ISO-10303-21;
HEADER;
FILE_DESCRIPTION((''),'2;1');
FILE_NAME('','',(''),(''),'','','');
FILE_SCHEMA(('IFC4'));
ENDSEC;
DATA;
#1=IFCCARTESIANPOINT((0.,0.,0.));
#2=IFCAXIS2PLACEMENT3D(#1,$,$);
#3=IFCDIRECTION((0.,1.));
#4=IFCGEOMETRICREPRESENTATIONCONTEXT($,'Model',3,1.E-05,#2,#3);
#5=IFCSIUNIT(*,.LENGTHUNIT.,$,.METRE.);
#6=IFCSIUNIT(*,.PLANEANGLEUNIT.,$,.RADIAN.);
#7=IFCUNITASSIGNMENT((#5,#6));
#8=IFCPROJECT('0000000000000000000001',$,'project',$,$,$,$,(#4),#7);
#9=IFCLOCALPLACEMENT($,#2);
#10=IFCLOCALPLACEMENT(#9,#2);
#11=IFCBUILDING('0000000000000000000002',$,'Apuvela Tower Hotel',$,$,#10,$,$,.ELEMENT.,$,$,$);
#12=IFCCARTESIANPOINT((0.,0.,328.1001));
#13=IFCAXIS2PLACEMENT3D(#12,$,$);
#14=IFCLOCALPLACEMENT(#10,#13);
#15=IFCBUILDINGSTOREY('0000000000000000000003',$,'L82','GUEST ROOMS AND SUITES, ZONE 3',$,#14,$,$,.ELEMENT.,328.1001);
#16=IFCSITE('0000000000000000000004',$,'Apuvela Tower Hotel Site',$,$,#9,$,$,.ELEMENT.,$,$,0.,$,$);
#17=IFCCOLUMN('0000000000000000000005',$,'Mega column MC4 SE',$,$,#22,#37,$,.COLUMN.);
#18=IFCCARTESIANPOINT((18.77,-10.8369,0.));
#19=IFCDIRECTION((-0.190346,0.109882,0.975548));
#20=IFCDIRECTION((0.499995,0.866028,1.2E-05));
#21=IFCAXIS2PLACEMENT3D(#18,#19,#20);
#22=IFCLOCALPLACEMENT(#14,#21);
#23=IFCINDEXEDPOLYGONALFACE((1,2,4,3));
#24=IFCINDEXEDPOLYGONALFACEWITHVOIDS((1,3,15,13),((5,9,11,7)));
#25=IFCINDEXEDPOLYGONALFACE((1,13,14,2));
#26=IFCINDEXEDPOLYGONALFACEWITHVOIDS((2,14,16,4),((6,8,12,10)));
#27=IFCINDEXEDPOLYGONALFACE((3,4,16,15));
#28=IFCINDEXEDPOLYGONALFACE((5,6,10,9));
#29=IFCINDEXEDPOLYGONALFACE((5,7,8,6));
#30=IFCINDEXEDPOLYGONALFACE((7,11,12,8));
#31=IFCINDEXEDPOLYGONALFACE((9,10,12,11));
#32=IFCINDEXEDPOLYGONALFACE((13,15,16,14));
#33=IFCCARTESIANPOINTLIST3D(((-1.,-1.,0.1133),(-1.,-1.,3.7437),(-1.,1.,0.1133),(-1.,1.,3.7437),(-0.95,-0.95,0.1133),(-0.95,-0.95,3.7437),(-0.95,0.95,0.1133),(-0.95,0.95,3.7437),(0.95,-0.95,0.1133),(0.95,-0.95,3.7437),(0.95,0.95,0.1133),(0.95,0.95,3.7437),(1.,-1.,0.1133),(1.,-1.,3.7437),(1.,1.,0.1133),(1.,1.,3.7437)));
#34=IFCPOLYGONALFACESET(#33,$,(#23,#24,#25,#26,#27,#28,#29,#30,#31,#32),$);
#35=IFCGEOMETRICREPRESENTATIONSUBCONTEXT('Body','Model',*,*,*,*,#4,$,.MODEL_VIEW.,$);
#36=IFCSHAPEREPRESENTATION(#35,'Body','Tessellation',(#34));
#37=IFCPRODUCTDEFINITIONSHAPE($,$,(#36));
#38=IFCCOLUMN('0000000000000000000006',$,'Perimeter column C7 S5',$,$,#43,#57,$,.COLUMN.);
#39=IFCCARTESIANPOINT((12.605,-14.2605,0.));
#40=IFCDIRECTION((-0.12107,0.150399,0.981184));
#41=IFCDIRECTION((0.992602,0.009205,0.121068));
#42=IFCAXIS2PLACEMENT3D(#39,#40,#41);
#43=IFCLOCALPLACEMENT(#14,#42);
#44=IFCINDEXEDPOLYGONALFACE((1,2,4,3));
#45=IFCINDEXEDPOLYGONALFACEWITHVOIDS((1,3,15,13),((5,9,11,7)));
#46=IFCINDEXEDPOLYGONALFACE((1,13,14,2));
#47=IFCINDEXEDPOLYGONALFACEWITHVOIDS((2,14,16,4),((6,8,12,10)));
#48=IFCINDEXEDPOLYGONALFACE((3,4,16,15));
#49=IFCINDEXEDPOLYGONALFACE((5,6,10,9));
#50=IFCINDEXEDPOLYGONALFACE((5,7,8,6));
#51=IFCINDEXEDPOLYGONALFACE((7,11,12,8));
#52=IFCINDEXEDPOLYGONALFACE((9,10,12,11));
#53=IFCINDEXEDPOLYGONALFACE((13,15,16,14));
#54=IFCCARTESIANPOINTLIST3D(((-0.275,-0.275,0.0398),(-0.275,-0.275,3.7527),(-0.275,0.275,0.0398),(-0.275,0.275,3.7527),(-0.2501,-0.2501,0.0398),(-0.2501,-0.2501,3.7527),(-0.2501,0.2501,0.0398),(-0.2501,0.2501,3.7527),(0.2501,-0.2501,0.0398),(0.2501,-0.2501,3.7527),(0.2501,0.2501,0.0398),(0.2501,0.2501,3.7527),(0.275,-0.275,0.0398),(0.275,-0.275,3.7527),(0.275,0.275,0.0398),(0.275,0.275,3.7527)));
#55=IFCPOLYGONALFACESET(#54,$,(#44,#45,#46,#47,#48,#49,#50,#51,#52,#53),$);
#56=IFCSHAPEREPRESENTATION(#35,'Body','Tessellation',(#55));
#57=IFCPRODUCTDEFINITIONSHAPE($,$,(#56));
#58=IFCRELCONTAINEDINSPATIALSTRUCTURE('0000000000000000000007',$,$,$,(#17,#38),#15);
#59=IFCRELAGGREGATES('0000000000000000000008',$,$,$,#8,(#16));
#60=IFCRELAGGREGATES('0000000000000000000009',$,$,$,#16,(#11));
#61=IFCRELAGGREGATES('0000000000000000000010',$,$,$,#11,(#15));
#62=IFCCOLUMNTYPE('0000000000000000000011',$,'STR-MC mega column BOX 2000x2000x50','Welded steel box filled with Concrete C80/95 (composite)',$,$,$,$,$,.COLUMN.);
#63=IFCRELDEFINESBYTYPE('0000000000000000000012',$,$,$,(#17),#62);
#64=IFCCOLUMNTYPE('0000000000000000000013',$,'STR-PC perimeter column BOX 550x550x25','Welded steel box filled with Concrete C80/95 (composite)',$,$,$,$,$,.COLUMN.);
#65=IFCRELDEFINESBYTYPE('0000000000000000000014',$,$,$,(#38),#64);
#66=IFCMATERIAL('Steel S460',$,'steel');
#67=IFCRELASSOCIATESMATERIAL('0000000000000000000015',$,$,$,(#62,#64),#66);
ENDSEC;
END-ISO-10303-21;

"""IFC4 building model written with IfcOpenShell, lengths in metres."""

from ifc_helpers import new_model, si_unit, direction, frame, origin, origin_2d, place, context, subcontext, project, spatial, rectangle, hollow_rectangle, extrude, boolean, halfspace, material, material_profile, profile_set, type_object, element, save


model = new_model("IFC4")

# Units and contexts
model_context = context("Model", 3, precision=1e-05, world=origin(), true_north=direction((0.0, 1.0)))
body_context = subcontext(model_context, "Body", "Model", "MODEL_VIEW")
ifc_project = project(units=[si_unit("LENGTHUNIT", "METRE"), si_unit("PLANEANGLEUNIT", "RADIAN")], contexts=[model_context])

# Site, building, storey
site_placement = place(None, origin())
site = spatial("IfcSite", under=ifc_project, at=site_placement, Name="Apuvela Tower Hotel Site", CompositionType="ELEMENT", RefElevation=0.0)
building_placement = place(site_placement, origin())
building = spatial("IfcBuilding", under=site, at=building_placement, Name="Apuvela Tower Hotel", CompositionType="ELEMENT")
storey_placement = place(building_placement, frame((0.0, 0.0, 328.1001)))
storey = spatial("IfcBuildingStorey", under=building, at=storey_placement, Name="L82", Description="GUEST ROOMS AND SUITES, ZONE 3", CompositionType="ELEMENT", Elevation=328.1001)

# Columns
ifc_material_1 = material(Name="Steel S460", Category="steel")
ifc_material_profile_1 = material_profile(ifc_material_1, hollow_rectangle(XDim=2.0, YDim=2.0, WallThickness=0.05, at=origin_2d()), Name="BOX 2000x2000x50")
ifc_material_2 = material(Name="Concrete C80/95", Category="concrete")
ifc_material_profile_2 = material_profile(ifc_material_2, rectangle(XDim=1.8999, YDim=1.8999, at=origin_2d()), Name="Concrete C80/95 infill")
ifc_profile_set_1 = profile_set([ifc_material_profile_1, ifc_material_profile_2], Name="Steel S460")
column_type_1 = type_object("IfcColumnType", Name="STR-MC mega column BOX 2000x2000x50", Description="Welded steel box filled with Concrete C80/95 (composite)", PredefinedType="COLUMN", material=ifc_profile_set_1)
column_1_placement = place(storey_placement, frame((18.77, -10.8369, 0.0), z_axis=(-0.190346, 0.109882, 0.975548), x_axis=(0.499995, 0.866028, 0.000012)))
element("IfcColumn", 1, at=column_1_placement, inside=storey, type_object=column_type_1, Name="Mega column MC4 SE", PredefinedType="COLUMN", context=body_context, shape_type="SweptSolid", body=[
    boolean("DIFFERENCE", boolean("DIFFERENCE", extrude(hollow_rectangle(XDim=2.0, YDim=2.0, WallThickness=0.05, at=origin_2d()), origin(), (0.0, 0.0, 1.0), 3.7927), halfspace(frame((0.0, 0.0, 0.1133), z_axis=(0.0, 0.0, 1.0), x_axis=(1.0, 0.0, 0.0)), True)), halfspace(frame((0.0, 0.0, 3.7437), z_axis=(0.0, 0.0, 1.0), x_axis=(1.0, 0.0, 0.0)), False)),
])
ifc_material_profile_3 = material_profile(ifc_material_1, hollow_rectangle(XDim=0.55, YDim=0.55, WallThickness=0.0249, at=origin_2d()), Name="BOX 550x550x25")
ifc_material_profile_4 = material_profile(ifc_material_2, rectangle(XDim=0.5, YDim=0.5, at=origin_2d()), Name="Concrete C80/95 infill")
ifc_profile_set_2 = profile_set([ifc_material_profile_3, ifc_material_profile_4], Name="Steel S460")
column_type_2 = type_object("IfcColumnType", Name="STR-PC perimeter column BOX 550x550x25", Description="Welded steel box filled with Concrete C80/95 (composite)", PredefinedType="COLUMN", material=ifc_profile_set_2)
column_2_placement = place(storey_placement, frame((12.605, -14.2605, 0.0), z_axis=(-0.12107, 0.150399, 0.981184), x_axis=(0.992602, 0.009205, 0.121068)))
element("IfcColumn", 2, at=column_2_placement, inside=storey, type_object=column_type_2, Name="Perimeter column C7 S5", PredefinedType="COLUMN", context=body_context, shape_type="SweptSolid", body=[
    boolean("DIFFERENCE", boolean("DIFFERENCE", extrude(hollow_rectangle(XDim=0.55, YDim=0.55, WallThickness=0.0249, at=origin_2d()), origin(), (0.0, 0.0, 1.0), 3.771), halfspace(frame((0.0, 0.0, 0.0398), z_axis=(0.0, 0.0, 1.0), x_axis=(1.0, 0.0, 0.0)), True)), halfspace(frame((0.0, 0.0, 3.7527), z_axis=(0.0, 0.0, 1.0), x_axis=(1.0, 0.0, 0.0)), False)),
])

save(model, "model.ifc")
